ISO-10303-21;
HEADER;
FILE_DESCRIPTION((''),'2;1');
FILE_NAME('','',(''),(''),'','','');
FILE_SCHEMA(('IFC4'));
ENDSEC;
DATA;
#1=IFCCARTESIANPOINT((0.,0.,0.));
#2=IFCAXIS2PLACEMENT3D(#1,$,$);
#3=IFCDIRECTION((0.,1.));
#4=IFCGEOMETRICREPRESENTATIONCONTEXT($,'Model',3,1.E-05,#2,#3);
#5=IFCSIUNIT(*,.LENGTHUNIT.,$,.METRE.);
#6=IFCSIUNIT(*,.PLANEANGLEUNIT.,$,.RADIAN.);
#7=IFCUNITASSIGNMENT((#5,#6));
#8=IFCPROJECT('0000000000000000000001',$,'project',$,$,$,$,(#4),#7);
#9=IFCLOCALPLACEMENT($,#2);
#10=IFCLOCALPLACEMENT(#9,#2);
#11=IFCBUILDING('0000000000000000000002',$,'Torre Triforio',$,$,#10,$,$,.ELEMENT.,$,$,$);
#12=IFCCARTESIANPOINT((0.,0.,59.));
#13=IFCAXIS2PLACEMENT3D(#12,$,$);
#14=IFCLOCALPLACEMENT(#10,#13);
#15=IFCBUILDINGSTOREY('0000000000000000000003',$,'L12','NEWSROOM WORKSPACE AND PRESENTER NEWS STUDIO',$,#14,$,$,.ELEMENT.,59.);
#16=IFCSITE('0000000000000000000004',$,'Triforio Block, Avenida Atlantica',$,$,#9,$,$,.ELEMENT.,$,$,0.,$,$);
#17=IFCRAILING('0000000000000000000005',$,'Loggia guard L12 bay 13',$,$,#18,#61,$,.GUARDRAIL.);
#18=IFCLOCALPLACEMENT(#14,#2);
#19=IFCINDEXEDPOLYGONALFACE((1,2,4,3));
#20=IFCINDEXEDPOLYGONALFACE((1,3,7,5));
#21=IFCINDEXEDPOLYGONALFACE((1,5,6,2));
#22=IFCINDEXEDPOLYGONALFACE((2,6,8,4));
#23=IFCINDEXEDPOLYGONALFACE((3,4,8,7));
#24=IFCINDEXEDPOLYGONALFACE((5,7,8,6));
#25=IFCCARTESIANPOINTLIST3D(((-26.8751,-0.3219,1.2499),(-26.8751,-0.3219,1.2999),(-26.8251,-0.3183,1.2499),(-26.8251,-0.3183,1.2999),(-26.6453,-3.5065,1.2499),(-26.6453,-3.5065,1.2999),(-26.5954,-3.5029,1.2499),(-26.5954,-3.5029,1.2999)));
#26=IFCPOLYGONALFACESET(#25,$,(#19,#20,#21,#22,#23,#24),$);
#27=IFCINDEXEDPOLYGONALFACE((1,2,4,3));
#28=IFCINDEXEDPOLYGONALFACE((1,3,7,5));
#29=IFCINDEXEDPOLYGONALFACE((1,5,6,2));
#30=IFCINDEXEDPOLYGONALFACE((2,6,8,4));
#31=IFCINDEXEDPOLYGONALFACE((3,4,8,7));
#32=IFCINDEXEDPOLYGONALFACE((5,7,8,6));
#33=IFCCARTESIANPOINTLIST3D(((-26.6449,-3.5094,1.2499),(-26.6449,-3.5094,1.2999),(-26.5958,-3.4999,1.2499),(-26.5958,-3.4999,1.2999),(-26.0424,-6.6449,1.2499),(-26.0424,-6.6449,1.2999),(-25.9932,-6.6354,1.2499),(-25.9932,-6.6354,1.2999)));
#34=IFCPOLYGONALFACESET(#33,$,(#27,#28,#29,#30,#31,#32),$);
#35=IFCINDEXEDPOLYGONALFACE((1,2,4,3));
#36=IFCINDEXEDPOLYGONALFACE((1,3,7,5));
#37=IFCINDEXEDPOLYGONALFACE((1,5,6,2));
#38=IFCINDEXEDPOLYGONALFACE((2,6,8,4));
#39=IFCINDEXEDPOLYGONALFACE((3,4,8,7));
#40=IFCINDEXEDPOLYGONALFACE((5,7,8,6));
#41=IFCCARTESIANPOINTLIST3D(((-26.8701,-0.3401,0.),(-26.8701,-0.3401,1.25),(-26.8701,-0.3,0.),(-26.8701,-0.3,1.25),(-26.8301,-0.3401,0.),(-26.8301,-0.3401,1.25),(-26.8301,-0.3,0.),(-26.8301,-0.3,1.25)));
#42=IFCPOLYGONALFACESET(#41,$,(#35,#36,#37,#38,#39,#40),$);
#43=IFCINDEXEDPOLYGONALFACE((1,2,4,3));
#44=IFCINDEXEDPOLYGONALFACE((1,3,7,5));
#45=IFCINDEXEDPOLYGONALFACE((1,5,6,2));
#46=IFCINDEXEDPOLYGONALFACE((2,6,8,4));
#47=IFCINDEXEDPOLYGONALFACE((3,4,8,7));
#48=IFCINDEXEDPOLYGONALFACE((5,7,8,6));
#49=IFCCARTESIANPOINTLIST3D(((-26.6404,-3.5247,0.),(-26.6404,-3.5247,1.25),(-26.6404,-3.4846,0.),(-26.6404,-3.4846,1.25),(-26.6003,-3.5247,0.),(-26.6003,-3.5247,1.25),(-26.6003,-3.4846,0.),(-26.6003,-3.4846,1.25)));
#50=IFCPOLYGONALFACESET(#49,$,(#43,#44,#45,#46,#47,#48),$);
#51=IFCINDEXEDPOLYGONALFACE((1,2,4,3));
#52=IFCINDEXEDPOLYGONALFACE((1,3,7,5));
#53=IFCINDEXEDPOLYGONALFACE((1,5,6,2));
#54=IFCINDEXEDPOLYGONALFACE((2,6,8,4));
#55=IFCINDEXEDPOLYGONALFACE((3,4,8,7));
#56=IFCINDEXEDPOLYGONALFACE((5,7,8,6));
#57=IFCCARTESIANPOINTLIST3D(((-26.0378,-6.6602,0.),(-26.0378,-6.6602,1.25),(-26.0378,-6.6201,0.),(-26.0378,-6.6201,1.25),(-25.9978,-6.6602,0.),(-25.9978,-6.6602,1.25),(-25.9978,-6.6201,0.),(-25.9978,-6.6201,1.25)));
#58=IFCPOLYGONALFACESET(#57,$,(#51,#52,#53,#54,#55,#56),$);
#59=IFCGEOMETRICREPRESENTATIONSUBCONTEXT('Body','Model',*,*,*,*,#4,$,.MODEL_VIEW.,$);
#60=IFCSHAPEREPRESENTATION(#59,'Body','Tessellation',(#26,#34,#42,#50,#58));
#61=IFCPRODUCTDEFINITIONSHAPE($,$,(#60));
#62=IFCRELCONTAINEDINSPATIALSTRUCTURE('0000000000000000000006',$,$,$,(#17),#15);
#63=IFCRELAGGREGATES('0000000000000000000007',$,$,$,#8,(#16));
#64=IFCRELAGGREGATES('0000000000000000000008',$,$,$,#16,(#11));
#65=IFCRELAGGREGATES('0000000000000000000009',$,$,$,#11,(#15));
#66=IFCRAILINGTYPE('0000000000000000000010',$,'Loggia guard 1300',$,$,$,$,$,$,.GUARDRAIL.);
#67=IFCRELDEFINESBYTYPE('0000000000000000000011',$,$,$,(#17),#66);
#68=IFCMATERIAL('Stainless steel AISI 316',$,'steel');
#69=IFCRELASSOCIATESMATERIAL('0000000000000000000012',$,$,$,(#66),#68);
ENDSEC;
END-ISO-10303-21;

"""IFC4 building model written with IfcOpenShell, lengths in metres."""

from ifc_helpers import new_model, si_unit, direction, frame, origin, origin_2d, place, context, subcontext, project, spatial, rectangle, extrude, material, type_object, element, save


model = new_model("IFC4")

# Units and contexts
model_context = context("Model", 3, precision=1e-05, world=origin(), true_north=direction((0.0, 1.0)))
body_context = subcontext(model_context, "Body", "Model", "MODEL_VIEW")
ifc_project = project(units=[si_unit("LENGTHUNIT", "METRE"), si_unit("PLANEANGLEUNIT", "RADIAN")], contexts=[model_context])

# Site, building, storey
site_placement = place(None, origin())
site = spatial("IfcSite", under=ifc_project, at=site_placement, Name="Triforio Block, Avenida Atlantica", CompositionType="ELEMENT", RefElevation=0.0)
building_placement = place(site_placement, origin())
building = spatial("IfcBuilding", under=site, at=building_placement, Name="Torre Triforio", CompositionType="ELEMENT")
storey_placement = place(building_placement, frame((0.0, 0.0, 59.0)))
storey = spatial("IfcBuildingStorey", under=building, at=storey_placement, Name="L12", Description="NEWSROOM WORKSPACE AND PRESENTER NEWS STUDIO", CompositionType="ELEMENT", Elevation=59.0)

# Railing
ifc_material_1 = material(Name="Stainless steel AISI 316", Category="steel")
railing_type = type_object("IfcRailingType", Name="Loggia guard 1300", PredefinedType="GUARDRAIL", material=ifc_material_1)
railing_1_placement = place(storey_placement, frame((-26.8501, -0.3201, 0.0)))
element("IfcRailing", 1, at=railing_1_placement, inside=storey, type_object=railing_type, Name="Loggia guard L12 bay 13", PredefinedType="GUARDRAIL", context=body_context, shape_type="SweptSolid", body=[
    extrude(rectangle(XDim=0.05, YDim=0.05, at=origin_2d()), frame((0.0, 0.0, 1.2749), z_axis=(0.071953, -0.997408, 0.0), x_axis=(0.997408, 0.071953, 0.0)), (0.0, 0.0, 1.0), 3.1929),
    extrude(rectangle(XDim=0.05, YDim=0.05, at=origin_2d()), frame((0.2297, -3.1846, 1.2749), z_axis=(0.188714, -0.982032, 0.0), x_axis=(0.982032, 0.188714, 0.0)), (0.0, 0.0, 1.0), 3.1929),
    extrude(rectangle(XDim=0.04, YDim=0.04, at=origin_2d()), origin(), (0.0, 0.0, 1.0), 1.25),
    extrude(rectangle(XDim=0.04, YDim=0.04, at=origin_2d()), frame((0.2297, -3.1846, 0.0)), (0.0, 0.0, 1.0), 1.25),
    extrude(rectangle(XDim=0.04, YDim=0.04, at=origin_2d()), frame((0.8323, -6.3201, 0.0)), (0.0, 0.0, 1.0), 1.25),
])

save(model, "model.ifc")
